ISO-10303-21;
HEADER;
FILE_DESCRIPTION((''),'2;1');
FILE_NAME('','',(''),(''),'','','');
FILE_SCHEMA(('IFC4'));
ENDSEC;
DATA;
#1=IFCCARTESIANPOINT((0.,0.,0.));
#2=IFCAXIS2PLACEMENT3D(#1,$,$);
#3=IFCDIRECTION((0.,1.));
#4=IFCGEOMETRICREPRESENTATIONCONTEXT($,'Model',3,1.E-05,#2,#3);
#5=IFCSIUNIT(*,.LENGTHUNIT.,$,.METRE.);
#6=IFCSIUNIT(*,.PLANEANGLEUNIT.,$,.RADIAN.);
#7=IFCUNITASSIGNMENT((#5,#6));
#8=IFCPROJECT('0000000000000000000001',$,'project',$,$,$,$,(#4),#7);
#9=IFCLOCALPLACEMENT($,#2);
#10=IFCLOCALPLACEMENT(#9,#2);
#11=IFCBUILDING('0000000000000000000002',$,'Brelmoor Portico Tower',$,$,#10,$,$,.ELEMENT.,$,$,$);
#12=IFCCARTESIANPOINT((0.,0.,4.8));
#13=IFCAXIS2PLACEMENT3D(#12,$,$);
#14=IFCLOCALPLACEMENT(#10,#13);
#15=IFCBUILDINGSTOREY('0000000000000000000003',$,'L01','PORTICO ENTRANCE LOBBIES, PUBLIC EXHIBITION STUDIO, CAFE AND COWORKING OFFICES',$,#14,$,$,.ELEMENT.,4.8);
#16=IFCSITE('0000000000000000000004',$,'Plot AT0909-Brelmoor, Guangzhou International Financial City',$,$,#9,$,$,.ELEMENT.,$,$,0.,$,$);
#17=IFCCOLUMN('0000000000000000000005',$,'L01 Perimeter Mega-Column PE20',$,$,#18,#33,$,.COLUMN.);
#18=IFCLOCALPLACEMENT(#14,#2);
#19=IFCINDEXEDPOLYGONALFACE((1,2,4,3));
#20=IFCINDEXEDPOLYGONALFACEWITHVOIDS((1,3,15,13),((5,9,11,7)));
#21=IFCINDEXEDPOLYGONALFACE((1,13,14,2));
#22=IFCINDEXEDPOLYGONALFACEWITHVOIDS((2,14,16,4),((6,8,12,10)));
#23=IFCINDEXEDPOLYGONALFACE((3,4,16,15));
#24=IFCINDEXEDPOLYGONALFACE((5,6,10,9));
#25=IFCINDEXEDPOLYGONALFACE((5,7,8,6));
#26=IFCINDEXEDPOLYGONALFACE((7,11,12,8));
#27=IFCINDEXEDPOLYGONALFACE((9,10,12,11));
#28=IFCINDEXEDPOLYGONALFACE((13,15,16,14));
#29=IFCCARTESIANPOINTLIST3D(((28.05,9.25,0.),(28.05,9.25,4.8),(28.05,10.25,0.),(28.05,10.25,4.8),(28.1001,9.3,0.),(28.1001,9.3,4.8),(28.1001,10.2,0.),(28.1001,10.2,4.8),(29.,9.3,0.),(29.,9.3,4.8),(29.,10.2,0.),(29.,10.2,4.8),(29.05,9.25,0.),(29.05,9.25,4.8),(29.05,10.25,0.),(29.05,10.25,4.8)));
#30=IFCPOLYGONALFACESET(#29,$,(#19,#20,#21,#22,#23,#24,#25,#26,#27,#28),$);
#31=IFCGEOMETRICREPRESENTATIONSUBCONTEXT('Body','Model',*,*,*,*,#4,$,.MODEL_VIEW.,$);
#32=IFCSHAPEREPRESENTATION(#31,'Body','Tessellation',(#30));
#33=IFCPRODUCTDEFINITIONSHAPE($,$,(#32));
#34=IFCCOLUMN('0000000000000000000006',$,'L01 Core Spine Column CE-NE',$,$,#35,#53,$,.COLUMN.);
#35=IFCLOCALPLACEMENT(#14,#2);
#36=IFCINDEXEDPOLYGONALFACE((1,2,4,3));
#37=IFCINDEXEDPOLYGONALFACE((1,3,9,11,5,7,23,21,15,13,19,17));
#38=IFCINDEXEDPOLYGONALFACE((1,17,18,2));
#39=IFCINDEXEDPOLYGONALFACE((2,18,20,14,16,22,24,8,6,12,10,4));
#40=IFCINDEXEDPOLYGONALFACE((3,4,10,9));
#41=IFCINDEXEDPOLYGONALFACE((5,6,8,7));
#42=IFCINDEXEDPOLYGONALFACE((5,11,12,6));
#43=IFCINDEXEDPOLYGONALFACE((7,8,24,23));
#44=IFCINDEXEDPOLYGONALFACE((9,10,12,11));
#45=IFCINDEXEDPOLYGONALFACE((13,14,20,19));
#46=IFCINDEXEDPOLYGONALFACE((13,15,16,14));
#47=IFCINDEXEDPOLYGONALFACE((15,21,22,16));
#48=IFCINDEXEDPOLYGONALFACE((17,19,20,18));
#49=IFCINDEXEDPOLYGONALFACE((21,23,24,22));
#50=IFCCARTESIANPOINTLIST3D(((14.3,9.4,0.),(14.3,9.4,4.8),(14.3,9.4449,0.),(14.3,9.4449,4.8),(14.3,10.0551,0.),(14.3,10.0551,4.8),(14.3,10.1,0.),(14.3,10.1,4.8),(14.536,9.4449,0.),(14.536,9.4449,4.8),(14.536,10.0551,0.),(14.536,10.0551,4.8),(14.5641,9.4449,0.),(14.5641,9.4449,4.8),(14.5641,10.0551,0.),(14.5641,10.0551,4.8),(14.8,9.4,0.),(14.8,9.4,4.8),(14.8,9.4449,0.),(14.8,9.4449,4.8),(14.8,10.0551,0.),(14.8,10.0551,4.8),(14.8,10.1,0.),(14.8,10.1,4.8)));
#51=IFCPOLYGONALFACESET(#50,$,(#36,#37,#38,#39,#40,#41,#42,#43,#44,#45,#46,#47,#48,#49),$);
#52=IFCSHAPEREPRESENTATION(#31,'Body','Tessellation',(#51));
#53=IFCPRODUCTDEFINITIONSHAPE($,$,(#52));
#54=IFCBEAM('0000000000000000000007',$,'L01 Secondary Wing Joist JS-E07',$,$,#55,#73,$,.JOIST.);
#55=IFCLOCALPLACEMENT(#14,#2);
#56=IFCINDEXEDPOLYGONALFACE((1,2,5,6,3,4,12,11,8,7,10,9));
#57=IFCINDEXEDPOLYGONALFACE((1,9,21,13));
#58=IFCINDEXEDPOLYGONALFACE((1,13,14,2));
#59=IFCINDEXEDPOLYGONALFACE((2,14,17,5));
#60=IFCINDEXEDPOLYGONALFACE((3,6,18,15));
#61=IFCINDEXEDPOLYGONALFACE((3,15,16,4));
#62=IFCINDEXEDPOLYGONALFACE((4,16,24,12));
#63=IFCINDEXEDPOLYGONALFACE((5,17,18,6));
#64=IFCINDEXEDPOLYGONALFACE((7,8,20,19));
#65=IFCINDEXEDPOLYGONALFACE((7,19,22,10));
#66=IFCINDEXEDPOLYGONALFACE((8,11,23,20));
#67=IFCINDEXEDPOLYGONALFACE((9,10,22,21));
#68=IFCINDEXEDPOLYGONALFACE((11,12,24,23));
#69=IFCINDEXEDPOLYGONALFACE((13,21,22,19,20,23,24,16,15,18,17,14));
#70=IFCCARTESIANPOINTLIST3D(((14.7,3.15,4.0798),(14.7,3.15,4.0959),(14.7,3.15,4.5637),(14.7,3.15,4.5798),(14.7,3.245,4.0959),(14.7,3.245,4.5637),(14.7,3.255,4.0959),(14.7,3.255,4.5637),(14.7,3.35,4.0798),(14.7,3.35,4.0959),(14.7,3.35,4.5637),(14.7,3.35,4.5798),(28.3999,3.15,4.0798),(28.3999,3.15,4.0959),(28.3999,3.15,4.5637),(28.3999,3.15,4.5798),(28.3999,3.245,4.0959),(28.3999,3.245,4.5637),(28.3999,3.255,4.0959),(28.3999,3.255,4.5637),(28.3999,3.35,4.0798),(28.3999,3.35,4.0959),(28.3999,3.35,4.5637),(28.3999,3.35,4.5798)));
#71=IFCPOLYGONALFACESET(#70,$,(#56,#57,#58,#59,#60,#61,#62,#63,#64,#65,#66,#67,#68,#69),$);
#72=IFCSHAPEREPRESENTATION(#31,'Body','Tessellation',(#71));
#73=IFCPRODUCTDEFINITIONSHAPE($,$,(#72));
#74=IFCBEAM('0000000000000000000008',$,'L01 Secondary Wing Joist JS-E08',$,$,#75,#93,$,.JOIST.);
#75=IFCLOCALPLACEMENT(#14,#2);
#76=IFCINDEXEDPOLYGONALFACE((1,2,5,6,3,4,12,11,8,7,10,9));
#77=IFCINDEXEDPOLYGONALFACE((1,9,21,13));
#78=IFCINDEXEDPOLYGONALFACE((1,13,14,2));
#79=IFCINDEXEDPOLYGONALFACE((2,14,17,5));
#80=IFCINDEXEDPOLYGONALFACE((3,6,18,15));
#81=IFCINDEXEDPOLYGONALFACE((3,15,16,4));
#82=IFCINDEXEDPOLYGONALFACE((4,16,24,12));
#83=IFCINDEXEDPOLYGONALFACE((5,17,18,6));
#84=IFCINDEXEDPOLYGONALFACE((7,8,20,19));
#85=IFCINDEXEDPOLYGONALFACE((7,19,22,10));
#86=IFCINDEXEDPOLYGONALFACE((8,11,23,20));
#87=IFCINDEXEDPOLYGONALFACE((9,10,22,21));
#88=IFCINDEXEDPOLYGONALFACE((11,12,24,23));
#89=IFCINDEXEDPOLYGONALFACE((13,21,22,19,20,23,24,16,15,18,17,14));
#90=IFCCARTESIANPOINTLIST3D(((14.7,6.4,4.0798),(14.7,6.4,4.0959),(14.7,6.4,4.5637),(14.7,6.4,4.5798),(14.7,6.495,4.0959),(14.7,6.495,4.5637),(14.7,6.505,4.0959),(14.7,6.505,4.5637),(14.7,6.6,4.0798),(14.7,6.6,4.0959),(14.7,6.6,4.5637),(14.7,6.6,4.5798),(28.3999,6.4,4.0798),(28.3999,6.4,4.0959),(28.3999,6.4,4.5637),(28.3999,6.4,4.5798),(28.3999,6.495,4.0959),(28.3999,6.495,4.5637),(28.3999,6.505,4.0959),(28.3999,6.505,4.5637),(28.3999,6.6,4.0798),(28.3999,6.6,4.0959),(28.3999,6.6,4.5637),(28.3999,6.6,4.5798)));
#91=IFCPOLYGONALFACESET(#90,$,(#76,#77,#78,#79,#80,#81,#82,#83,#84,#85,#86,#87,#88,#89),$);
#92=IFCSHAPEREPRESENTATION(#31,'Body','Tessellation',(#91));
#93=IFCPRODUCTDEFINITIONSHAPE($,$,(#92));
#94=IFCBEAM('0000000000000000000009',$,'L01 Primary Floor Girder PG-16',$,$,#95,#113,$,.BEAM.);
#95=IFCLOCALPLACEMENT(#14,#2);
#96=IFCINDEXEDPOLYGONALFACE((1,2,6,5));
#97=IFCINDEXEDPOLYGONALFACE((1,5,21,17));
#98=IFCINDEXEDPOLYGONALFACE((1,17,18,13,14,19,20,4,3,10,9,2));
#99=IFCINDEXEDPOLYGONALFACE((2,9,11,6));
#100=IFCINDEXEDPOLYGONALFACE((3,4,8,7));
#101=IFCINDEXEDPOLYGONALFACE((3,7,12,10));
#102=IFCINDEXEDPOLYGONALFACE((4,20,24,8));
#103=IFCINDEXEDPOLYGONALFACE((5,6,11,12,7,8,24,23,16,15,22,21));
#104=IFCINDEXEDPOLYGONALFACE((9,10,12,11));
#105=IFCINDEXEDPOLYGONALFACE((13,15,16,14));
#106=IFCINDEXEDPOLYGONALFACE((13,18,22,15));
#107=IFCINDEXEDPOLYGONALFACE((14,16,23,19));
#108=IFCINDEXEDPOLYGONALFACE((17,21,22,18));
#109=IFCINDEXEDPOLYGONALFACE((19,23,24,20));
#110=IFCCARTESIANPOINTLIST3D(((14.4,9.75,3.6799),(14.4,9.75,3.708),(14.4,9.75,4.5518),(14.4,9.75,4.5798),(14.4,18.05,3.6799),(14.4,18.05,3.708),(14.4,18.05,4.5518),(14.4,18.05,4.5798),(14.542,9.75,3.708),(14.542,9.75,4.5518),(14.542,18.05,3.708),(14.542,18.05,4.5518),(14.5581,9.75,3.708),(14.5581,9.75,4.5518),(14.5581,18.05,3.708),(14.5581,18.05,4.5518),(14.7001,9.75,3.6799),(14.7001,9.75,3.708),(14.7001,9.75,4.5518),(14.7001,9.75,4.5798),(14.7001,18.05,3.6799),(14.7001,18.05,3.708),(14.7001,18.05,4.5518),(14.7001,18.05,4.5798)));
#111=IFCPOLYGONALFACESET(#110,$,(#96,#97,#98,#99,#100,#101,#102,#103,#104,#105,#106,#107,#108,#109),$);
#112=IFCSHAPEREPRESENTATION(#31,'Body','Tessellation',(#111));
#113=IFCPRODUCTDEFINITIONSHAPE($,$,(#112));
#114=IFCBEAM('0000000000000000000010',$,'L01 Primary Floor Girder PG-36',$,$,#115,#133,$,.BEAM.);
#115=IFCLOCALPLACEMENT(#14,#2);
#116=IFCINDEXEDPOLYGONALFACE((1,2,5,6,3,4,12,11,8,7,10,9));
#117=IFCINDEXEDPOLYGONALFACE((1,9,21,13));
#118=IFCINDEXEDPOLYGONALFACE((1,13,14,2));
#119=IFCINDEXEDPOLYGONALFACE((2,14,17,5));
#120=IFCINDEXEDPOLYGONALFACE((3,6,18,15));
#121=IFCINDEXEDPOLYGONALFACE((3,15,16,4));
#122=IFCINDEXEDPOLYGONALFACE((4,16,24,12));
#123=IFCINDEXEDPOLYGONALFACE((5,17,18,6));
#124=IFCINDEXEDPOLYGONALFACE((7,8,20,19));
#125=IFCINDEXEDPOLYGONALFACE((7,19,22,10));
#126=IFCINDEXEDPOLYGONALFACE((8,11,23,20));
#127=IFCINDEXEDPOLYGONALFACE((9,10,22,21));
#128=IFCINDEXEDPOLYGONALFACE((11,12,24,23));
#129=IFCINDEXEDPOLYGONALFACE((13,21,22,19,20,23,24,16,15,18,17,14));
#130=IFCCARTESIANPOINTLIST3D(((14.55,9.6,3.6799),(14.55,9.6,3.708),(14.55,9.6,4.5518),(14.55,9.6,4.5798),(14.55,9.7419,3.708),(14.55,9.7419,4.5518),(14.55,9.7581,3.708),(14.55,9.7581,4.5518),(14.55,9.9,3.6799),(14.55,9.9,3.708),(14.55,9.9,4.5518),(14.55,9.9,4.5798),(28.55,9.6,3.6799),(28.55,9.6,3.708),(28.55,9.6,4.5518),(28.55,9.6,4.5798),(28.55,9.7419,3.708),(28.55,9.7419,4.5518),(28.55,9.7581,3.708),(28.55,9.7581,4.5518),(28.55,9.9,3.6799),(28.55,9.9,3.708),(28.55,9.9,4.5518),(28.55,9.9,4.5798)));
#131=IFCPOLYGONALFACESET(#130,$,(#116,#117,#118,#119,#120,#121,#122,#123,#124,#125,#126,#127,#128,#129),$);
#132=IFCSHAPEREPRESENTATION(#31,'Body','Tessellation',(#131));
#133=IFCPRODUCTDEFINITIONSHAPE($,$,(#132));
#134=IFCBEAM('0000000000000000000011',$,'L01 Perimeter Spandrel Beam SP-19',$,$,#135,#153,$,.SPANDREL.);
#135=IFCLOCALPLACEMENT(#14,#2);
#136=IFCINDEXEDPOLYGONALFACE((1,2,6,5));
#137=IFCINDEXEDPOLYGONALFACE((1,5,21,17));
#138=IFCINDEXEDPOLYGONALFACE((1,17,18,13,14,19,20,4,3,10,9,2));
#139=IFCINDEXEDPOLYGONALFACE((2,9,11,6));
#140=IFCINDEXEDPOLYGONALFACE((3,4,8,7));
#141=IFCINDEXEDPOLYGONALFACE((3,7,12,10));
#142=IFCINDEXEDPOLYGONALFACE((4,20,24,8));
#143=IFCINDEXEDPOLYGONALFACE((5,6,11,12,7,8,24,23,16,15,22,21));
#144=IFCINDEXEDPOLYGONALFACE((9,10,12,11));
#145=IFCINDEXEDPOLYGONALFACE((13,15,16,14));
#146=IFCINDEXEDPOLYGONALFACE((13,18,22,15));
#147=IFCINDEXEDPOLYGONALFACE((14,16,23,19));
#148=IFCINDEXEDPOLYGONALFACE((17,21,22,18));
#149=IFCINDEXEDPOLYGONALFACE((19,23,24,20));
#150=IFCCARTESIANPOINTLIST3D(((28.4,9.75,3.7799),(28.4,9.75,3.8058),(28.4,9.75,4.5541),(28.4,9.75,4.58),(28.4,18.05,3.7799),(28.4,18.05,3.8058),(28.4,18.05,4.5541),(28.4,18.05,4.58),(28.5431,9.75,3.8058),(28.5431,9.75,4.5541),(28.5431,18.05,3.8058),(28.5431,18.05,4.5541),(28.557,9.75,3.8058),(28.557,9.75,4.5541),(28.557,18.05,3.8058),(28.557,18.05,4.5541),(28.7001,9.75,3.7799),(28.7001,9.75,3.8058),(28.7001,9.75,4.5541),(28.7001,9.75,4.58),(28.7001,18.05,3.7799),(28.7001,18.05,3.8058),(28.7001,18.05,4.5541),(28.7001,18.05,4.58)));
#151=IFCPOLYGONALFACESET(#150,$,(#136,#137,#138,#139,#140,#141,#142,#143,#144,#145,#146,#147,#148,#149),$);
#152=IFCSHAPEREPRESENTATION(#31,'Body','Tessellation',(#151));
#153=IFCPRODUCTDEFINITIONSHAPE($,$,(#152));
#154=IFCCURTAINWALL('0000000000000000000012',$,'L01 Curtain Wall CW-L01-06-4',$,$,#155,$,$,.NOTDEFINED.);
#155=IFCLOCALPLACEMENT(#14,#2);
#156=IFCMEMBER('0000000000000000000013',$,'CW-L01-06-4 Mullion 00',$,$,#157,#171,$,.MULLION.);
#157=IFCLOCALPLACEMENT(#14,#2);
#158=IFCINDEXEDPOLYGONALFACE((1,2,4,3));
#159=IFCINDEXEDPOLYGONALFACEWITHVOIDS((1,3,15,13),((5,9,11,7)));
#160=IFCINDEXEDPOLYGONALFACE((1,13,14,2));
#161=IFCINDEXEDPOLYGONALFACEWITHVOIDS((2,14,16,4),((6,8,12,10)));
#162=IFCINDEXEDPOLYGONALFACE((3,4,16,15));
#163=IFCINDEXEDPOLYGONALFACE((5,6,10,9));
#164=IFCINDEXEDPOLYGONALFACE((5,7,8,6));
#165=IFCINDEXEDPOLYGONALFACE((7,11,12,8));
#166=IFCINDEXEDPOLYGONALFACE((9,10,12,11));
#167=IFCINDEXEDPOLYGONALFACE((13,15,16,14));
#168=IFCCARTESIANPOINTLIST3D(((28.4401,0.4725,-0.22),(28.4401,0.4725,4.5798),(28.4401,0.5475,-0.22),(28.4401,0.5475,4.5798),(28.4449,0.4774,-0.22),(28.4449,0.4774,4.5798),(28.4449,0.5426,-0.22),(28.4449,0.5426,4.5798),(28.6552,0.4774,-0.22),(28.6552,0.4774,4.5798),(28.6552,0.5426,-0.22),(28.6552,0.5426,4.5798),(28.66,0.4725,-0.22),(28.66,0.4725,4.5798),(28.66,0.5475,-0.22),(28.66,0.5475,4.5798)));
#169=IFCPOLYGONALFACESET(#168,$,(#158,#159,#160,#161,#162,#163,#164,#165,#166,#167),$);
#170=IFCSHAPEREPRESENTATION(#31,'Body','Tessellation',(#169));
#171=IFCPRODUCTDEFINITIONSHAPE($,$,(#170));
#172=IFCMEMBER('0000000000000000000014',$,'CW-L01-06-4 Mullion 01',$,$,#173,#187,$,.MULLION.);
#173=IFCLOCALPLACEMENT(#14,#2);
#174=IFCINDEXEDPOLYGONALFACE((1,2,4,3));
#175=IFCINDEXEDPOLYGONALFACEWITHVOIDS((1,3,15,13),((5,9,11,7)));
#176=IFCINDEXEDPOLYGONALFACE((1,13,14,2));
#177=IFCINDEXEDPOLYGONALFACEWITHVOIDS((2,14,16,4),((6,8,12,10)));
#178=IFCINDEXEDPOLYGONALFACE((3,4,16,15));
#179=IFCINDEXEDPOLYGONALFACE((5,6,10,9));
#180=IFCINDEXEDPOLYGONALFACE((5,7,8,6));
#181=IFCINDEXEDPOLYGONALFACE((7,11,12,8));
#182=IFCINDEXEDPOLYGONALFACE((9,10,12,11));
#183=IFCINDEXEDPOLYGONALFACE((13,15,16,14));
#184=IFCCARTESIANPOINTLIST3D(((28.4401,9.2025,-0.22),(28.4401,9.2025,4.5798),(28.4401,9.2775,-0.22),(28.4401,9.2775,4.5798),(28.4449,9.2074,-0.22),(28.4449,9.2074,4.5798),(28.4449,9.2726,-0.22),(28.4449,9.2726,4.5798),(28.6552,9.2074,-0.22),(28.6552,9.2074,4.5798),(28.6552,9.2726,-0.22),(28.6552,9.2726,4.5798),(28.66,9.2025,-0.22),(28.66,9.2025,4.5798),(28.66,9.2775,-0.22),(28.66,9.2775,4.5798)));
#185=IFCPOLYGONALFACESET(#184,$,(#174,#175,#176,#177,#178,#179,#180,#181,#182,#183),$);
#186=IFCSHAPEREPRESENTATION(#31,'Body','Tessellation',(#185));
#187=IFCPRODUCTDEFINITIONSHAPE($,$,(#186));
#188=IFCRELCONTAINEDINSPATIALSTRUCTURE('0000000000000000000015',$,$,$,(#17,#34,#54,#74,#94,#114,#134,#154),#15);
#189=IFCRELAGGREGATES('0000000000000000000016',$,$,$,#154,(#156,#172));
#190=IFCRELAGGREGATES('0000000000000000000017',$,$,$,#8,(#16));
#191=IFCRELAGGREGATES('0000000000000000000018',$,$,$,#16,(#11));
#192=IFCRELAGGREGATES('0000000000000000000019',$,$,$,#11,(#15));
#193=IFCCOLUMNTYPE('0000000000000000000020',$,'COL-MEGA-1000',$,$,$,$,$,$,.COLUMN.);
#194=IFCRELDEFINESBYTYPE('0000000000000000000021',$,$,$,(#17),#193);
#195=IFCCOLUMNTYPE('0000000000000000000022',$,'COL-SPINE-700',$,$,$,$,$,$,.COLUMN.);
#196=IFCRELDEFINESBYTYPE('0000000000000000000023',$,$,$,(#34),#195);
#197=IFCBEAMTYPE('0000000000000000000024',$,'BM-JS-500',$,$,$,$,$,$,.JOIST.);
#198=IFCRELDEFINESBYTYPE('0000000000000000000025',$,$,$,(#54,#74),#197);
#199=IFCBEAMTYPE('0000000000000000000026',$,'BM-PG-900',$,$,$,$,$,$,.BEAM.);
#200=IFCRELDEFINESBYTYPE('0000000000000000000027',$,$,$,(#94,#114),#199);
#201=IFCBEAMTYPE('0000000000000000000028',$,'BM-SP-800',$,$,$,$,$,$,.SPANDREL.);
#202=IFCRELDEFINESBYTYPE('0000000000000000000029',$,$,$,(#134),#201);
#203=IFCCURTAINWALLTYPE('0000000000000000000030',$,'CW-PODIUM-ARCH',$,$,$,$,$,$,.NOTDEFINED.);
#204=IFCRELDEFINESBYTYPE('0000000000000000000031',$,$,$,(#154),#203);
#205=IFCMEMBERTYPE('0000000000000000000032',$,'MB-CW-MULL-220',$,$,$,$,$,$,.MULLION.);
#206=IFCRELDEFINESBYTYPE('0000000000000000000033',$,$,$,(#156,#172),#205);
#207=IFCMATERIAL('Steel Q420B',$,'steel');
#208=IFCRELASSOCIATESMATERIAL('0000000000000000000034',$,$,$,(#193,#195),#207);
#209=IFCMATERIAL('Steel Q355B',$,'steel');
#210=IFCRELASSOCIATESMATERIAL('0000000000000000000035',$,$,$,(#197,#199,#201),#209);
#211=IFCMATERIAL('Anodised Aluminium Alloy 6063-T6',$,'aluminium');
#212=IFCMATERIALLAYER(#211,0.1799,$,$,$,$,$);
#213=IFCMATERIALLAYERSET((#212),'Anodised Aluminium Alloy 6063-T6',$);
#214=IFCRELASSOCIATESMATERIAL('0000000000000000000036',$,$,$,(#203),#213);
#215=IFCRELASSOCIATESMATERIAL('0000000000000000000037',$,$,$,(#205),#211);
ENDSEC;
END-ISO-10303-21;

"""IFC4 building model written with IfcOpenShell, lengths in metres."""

from ifc_helpers import new_model, si_unit, direction, frame, origin, origin_2d, place, context, subcontext, project, spatial, hollow_rectangle, i_section, extrude, material, layer, layer_set, material_profile, profile_set, type_object, element, aggregate, save


model = new_model("IFC4")

# Units and contexts
model_context = context("Model", 3, precision=1e-05, world=origin(), true_north=direction((0.0, 1.0)))
body_context = subcontext(model_context, "Body", "Model", "MODEL_VIEW")
ifc_project = project(units=[si_unit("LENGTHUNIT", "METRE"), si_unit("PLANEANGLEUNIT", "RADIAN")], contexts=[model_context])

# Site, building, storey
site_placement = place(None, origin())
site = spatial("IfcSite", under=ifc_project, at=site_placement, Name="Plot AT0909-Brelmoor, Guangzhou International Financial City", CompositionType="ELEMENT", RefElevation=0.0)
building_placement = place(site_placement, origin())
building = spatial("IfcBuilding", under=site, at=building_placement, Name="Brelmoor Portico Tower", CompositionType="ELEMENT")
storey_placement = place(building_placement, frame((0.0, 0.0, 4.8)))
storey = spatial("IfcBuildingStorey", under=building, at=storey_placement, Name="L01", Description="PORTICO ENTRANCE LOBBIES, PUBLIC EXHIBITION STUDIO, CAFE AND COWORKING OFFICES", CompositionType="ELEMENT", Elevation=4.8)

# Columns
ifc_material_1 = material(Name="Steel Q420B", Category="steel")
ifc_material_profile_1 = material_profile(ifc_material_1, hollow_rectangle(XDim=1.0, YDim=1.0, WallThickness=0.05, at=origin_2d()), Name="BOX 1000x1000x50")
ifc_profile_set_1 = profile_set([ifc_material_profile_1], Name="Steel Q420B")
column_type_1 = type_object("IfcColumnType", Name="COL-MEGA-1000", PredefinedType="COLUMN", material=ifc_profile_set_1)
column_1_placement = place(storey_placement, frame((28.55, 9.75, 0.0), z_axis=(0.0, 0.0, 1.0), x_axis=(0.0, 1.0, 0.0)))
element("IfcColumn", 1, at=column_1_placement, inside=storey, type_object=column_type_1, Name="L01 Perimeter Mega-Column PE20", PredefinedType="COLUMN", context=body_context, shape_type="SweptSolid", body=[
    extrude(hollow_rectangle(XDim=1.0, YDim=1.0, WallThickness=0.05, at=origin_2d()), origin(), (0.0, 0.0, 1.0), 4.8),
])
ifc_material_profile_2 = material_profile(ifc_material_1, i_section(OverallWidth=0.5, OverallDepth=0.7, WebThickness=0.0281, FlangeThickness=0.0449, at=origin_2d()), Name="HW 700x500x28x45")
ifc_profile_set_2 = profile_set([ifc_material_profile_2], Name="Steel Q420B")
column_type_2 = type_object("IfcColumnType", Name="COL-SPINE-700", PredefinedType="COLUMN", material=ifc_profile_set_2)
column_2_placement = place(storey_placement, frame((14.55, 9.75, 0.0), z_axis=(0.0, 0.0, 1.0), x_axis=(1.0, 0.0, 0.0)))
element("IfcColumn", 2, at=column_2_placement, inside=storey, type_object=column_type_2, Name="L01 Core Spine Column CE-NE", PredefinedType="COLUMN", context=body_context, shape_type="SweptSolid", body=[
    extrude(i_section(OverallWidth=0.5, OverallDepth=0.7, WebThickness=0.0281, FlangeThickness=0.0449, at=origin_2d()), origin(), (0.0, 0.0, 1.0), 4.8),
])

# Beams
ifc_material_2 = material(Name="Steel Q355B", Category="steel")
ifc_material_profile_3 = material_profile(ifc_material_2, i_section(OverallWidth=0.2, OverallDepth=0.5, WebThickness=0.01, FlangeThickness=0.0161, at=origin_2d()), Name="HN 500x200x10x16")
ifc_profile_set_3 = profile_set([ifc_material_profile_3], Name="Steel Q355B")
beam_type_1 = type_object("IfcBeamType", Name="BM-JS-500", PredefinedType="JOIST", material=ifc_profile_set_3)
for number, where, z_axis, x_axis, name in (
    (3, (14.7, 3.25, 4.3298), (1.0, 0.0, 0.0), (0.0, 1.0, 0.0), "L01 Secondary Wing Joist JS-E07"),
    (4, (14.7, 6.5, 4.3298), (1.0, 0.0, 0.0), (0.0, 1.0, 0.0), "L01 Secondary Wing Joist JS-E08"),
):
    element("IfcBeam", number, at=place(storey_placement, frame(where, z_axis=z_axis, x_axis=x_axis)), inside=storey, type_object=beam_type_1, Name=name, PredefinedType="JOIST", context=body_context, shape_type="SweptSolid", body=[
        extrude(i_section(OverallWidth=0.2, OverallDepth=0.5, WebThickness=0.01, FlangeThickness=0.0161, at=origin_2d()), origin(), (0.0, 0.0, 1.0), 13.7),
    ])
ifc_material_profile_4 = material_profile(ifc_material_2, i_section(OverallWidth=0.3, OverallDepth=0.8999, WebThickness=0.0161, FlangeThickness=0.0281, at=origin_2d()), Name="HN 900x300x16x28")
ifc_profile_set_4 = profile_set([ifc_material_profile_4], Name="Steel Q355B")
beam_type_2 = type_object("IfcBeamType", Name="BM-PG-900", PredefinedType="BEAM", material=ifc_profile_set_4)
beam_1_placement = place(storey_placement, frame((14.55, 9.75, 4.1299), z_axis=(0.0, 1.0, 0.0), x_axis=(-1.0, 0.0, 0.0)))
element("IfcBeam", 5, at=beam_1_placement, inside=storey, type_object=beam_type_2, Name="L01 Primary Floor Girder PG-16", PredefinedType="BEAM", context=body_context, shape_type="SweptSolid", body=[
    extrude(i_section(OverallWidth=0.3, OverallDepth=0.8999, WebThickness=0.0161, FlangeThickness=0.0281, at=origin_2d()), origin(), (0.0, 0.0, 1.0), 8.3),
])
beam_2_placement = place(storey_placement, frame((14.55, 9.75, 4.1299), z_axis=(1.0, 0.0, 0.0), x_axis=(0.0, 1.0, 0.0)))
element("IfcBeam", 6, at=beam_2_placement, inside=storey, type_object=beam_type_2, Name="L01 Primary Floor Girder PG-36", PredefinedType="BEAM", context=body_context, shape_type="SweptSolid", body=[
    extrude(i_section(OverallWidth=0.3, OverallDepth=0.8999, WebThickness=0.0161, FlangeThickness=0.0281, at=origin_2d()), origin(), (0.0, 0.0, 1.0), 14.0),
])
ifc_material_profile_5 = material_profile(ifc_material_2, i_section(OverallWidth=0.3, OverallDepth=0.8, WebThickness=0.0139, FlangeThickness=0.0259, at=origin_2d()), Name="HN 800x300x14x26")
ifc_profile_set_5 = profile_set([ifc_material_profile_5], Name="Steel Q355B")
beam_type_3 = type_object("IfcBeamType", Name="BM-SP-800", PredefinedType="SPANDREL", material=ifc_profile_set_5)
beam_3_placement = place(storey_placement, frame((28.55, 9.75, 4.1799), z_axis=(0.0, 1.0, 0.0), x_axis=(-1.0, 0.0, 0.0)))
element("IfcBeam", 7, at=beam_3_placement, inside=storey, type_object=beam_type_3, Name="L01 Perimeter Spandrel Beam SP-19", PredefinedType="SPANDREL", context=body_context, shape_type="SweptSolid", body=[
    extrude(i_section(OverallWidth=0.3, OverallDepth=0.8, WebThickness=0.0139, FlangeThickness=0.0259, at=origin_2d()), origin(), (0.0, 0.0, 1.0), 8.3),
])

# Curtain wall, members
ifc_material_3 = material(Name="Anodised Aluminium Alloy 6063-T6", Category="aluminium")
ifc_layer_1 = layer(ifc_material_3, 0.1799)
ifc_layer_set_1 = layer_set([ifc_layer_1], Name="Anodised Aluminium Alloy 6063-T6")
curtain_wall_type = type_object("IfcCurtainWallType", Name="CW-PODIUM-ARCH", PredefinedType="NOTDEFINED", material=ifc_layer_set_1)
curtain_wall_1_placement = place(storey_placement, origin())
curtain_wall_1 = element("IfcCurtainWall", 8, at=curtain_wall_1_placement, inside=storey, type_object=curtain_wall_type, Name="L01 Curtain Wall CW-L01-06-4", PredefinedType="NOTDEFINED")
ifc_material_profile_6 = material_profile(ifc_material_3, hollow_rectangle(XDim=0.075, YDim=0.22, WallThickness=0.0049, at=origin_2d()), Name="ALU MULLION 75x220")
ifc_profile_set_6 = profile_set([ifc_material_profile_6], Name="Anodised Aluminium Alloy 6063-T6")
member_type_1 = type_object("IfcMemberType", Name="MB-CW-MULL-220", PredefinedType="MULLION", material=ifc_profile_set_6)
member_1_placement = place(storey_placement, frame((28.55, 0.51, -0.22), z_axis=(0.0, 0.0, 1.0), x_axis=(0.0, 1.0, 0.0)))
member_1 = element("IfcMember", 9, at=member_1_placement, type_object=member_type_1, Name="CW-L01-06-4 Mullion 00", PredefinedType="MULLION", context=body_context, shape_type="SweptSolid", body=[
    extrude(hollow_rectangle(XDim=0.075, YDim=0.22, WallThickness=0.0049, at=origin_2d()), origin(), (0.0, 0.0, 1.0), 4.7998),
])
member_2_placement = place(storey_placement, frame((28.55, 9.24, -0.22), z_axis=(0.0, 0.0, 1.0), x_axis=(0.0, 1.0, 0.0)))
member_2 = element("IfcMember", 10, at=member_2_placement, type_object=member_type_1, Name="CW-L01-06-4 Mullion 01", PredefinedType="MULLION", context=body_context, shape_type="SweptSolid", body=[
    extrude(hollow_rectangle(XDim=0.075, YDim=0.22, WallThickness=0.0049, at=origin_2d()), origin(), (0.0, 0.0, 1.0), 4.7998),
])

aggregate(curtain_wall_1, [member_1, member_2])

save(model, "model.ifc")
